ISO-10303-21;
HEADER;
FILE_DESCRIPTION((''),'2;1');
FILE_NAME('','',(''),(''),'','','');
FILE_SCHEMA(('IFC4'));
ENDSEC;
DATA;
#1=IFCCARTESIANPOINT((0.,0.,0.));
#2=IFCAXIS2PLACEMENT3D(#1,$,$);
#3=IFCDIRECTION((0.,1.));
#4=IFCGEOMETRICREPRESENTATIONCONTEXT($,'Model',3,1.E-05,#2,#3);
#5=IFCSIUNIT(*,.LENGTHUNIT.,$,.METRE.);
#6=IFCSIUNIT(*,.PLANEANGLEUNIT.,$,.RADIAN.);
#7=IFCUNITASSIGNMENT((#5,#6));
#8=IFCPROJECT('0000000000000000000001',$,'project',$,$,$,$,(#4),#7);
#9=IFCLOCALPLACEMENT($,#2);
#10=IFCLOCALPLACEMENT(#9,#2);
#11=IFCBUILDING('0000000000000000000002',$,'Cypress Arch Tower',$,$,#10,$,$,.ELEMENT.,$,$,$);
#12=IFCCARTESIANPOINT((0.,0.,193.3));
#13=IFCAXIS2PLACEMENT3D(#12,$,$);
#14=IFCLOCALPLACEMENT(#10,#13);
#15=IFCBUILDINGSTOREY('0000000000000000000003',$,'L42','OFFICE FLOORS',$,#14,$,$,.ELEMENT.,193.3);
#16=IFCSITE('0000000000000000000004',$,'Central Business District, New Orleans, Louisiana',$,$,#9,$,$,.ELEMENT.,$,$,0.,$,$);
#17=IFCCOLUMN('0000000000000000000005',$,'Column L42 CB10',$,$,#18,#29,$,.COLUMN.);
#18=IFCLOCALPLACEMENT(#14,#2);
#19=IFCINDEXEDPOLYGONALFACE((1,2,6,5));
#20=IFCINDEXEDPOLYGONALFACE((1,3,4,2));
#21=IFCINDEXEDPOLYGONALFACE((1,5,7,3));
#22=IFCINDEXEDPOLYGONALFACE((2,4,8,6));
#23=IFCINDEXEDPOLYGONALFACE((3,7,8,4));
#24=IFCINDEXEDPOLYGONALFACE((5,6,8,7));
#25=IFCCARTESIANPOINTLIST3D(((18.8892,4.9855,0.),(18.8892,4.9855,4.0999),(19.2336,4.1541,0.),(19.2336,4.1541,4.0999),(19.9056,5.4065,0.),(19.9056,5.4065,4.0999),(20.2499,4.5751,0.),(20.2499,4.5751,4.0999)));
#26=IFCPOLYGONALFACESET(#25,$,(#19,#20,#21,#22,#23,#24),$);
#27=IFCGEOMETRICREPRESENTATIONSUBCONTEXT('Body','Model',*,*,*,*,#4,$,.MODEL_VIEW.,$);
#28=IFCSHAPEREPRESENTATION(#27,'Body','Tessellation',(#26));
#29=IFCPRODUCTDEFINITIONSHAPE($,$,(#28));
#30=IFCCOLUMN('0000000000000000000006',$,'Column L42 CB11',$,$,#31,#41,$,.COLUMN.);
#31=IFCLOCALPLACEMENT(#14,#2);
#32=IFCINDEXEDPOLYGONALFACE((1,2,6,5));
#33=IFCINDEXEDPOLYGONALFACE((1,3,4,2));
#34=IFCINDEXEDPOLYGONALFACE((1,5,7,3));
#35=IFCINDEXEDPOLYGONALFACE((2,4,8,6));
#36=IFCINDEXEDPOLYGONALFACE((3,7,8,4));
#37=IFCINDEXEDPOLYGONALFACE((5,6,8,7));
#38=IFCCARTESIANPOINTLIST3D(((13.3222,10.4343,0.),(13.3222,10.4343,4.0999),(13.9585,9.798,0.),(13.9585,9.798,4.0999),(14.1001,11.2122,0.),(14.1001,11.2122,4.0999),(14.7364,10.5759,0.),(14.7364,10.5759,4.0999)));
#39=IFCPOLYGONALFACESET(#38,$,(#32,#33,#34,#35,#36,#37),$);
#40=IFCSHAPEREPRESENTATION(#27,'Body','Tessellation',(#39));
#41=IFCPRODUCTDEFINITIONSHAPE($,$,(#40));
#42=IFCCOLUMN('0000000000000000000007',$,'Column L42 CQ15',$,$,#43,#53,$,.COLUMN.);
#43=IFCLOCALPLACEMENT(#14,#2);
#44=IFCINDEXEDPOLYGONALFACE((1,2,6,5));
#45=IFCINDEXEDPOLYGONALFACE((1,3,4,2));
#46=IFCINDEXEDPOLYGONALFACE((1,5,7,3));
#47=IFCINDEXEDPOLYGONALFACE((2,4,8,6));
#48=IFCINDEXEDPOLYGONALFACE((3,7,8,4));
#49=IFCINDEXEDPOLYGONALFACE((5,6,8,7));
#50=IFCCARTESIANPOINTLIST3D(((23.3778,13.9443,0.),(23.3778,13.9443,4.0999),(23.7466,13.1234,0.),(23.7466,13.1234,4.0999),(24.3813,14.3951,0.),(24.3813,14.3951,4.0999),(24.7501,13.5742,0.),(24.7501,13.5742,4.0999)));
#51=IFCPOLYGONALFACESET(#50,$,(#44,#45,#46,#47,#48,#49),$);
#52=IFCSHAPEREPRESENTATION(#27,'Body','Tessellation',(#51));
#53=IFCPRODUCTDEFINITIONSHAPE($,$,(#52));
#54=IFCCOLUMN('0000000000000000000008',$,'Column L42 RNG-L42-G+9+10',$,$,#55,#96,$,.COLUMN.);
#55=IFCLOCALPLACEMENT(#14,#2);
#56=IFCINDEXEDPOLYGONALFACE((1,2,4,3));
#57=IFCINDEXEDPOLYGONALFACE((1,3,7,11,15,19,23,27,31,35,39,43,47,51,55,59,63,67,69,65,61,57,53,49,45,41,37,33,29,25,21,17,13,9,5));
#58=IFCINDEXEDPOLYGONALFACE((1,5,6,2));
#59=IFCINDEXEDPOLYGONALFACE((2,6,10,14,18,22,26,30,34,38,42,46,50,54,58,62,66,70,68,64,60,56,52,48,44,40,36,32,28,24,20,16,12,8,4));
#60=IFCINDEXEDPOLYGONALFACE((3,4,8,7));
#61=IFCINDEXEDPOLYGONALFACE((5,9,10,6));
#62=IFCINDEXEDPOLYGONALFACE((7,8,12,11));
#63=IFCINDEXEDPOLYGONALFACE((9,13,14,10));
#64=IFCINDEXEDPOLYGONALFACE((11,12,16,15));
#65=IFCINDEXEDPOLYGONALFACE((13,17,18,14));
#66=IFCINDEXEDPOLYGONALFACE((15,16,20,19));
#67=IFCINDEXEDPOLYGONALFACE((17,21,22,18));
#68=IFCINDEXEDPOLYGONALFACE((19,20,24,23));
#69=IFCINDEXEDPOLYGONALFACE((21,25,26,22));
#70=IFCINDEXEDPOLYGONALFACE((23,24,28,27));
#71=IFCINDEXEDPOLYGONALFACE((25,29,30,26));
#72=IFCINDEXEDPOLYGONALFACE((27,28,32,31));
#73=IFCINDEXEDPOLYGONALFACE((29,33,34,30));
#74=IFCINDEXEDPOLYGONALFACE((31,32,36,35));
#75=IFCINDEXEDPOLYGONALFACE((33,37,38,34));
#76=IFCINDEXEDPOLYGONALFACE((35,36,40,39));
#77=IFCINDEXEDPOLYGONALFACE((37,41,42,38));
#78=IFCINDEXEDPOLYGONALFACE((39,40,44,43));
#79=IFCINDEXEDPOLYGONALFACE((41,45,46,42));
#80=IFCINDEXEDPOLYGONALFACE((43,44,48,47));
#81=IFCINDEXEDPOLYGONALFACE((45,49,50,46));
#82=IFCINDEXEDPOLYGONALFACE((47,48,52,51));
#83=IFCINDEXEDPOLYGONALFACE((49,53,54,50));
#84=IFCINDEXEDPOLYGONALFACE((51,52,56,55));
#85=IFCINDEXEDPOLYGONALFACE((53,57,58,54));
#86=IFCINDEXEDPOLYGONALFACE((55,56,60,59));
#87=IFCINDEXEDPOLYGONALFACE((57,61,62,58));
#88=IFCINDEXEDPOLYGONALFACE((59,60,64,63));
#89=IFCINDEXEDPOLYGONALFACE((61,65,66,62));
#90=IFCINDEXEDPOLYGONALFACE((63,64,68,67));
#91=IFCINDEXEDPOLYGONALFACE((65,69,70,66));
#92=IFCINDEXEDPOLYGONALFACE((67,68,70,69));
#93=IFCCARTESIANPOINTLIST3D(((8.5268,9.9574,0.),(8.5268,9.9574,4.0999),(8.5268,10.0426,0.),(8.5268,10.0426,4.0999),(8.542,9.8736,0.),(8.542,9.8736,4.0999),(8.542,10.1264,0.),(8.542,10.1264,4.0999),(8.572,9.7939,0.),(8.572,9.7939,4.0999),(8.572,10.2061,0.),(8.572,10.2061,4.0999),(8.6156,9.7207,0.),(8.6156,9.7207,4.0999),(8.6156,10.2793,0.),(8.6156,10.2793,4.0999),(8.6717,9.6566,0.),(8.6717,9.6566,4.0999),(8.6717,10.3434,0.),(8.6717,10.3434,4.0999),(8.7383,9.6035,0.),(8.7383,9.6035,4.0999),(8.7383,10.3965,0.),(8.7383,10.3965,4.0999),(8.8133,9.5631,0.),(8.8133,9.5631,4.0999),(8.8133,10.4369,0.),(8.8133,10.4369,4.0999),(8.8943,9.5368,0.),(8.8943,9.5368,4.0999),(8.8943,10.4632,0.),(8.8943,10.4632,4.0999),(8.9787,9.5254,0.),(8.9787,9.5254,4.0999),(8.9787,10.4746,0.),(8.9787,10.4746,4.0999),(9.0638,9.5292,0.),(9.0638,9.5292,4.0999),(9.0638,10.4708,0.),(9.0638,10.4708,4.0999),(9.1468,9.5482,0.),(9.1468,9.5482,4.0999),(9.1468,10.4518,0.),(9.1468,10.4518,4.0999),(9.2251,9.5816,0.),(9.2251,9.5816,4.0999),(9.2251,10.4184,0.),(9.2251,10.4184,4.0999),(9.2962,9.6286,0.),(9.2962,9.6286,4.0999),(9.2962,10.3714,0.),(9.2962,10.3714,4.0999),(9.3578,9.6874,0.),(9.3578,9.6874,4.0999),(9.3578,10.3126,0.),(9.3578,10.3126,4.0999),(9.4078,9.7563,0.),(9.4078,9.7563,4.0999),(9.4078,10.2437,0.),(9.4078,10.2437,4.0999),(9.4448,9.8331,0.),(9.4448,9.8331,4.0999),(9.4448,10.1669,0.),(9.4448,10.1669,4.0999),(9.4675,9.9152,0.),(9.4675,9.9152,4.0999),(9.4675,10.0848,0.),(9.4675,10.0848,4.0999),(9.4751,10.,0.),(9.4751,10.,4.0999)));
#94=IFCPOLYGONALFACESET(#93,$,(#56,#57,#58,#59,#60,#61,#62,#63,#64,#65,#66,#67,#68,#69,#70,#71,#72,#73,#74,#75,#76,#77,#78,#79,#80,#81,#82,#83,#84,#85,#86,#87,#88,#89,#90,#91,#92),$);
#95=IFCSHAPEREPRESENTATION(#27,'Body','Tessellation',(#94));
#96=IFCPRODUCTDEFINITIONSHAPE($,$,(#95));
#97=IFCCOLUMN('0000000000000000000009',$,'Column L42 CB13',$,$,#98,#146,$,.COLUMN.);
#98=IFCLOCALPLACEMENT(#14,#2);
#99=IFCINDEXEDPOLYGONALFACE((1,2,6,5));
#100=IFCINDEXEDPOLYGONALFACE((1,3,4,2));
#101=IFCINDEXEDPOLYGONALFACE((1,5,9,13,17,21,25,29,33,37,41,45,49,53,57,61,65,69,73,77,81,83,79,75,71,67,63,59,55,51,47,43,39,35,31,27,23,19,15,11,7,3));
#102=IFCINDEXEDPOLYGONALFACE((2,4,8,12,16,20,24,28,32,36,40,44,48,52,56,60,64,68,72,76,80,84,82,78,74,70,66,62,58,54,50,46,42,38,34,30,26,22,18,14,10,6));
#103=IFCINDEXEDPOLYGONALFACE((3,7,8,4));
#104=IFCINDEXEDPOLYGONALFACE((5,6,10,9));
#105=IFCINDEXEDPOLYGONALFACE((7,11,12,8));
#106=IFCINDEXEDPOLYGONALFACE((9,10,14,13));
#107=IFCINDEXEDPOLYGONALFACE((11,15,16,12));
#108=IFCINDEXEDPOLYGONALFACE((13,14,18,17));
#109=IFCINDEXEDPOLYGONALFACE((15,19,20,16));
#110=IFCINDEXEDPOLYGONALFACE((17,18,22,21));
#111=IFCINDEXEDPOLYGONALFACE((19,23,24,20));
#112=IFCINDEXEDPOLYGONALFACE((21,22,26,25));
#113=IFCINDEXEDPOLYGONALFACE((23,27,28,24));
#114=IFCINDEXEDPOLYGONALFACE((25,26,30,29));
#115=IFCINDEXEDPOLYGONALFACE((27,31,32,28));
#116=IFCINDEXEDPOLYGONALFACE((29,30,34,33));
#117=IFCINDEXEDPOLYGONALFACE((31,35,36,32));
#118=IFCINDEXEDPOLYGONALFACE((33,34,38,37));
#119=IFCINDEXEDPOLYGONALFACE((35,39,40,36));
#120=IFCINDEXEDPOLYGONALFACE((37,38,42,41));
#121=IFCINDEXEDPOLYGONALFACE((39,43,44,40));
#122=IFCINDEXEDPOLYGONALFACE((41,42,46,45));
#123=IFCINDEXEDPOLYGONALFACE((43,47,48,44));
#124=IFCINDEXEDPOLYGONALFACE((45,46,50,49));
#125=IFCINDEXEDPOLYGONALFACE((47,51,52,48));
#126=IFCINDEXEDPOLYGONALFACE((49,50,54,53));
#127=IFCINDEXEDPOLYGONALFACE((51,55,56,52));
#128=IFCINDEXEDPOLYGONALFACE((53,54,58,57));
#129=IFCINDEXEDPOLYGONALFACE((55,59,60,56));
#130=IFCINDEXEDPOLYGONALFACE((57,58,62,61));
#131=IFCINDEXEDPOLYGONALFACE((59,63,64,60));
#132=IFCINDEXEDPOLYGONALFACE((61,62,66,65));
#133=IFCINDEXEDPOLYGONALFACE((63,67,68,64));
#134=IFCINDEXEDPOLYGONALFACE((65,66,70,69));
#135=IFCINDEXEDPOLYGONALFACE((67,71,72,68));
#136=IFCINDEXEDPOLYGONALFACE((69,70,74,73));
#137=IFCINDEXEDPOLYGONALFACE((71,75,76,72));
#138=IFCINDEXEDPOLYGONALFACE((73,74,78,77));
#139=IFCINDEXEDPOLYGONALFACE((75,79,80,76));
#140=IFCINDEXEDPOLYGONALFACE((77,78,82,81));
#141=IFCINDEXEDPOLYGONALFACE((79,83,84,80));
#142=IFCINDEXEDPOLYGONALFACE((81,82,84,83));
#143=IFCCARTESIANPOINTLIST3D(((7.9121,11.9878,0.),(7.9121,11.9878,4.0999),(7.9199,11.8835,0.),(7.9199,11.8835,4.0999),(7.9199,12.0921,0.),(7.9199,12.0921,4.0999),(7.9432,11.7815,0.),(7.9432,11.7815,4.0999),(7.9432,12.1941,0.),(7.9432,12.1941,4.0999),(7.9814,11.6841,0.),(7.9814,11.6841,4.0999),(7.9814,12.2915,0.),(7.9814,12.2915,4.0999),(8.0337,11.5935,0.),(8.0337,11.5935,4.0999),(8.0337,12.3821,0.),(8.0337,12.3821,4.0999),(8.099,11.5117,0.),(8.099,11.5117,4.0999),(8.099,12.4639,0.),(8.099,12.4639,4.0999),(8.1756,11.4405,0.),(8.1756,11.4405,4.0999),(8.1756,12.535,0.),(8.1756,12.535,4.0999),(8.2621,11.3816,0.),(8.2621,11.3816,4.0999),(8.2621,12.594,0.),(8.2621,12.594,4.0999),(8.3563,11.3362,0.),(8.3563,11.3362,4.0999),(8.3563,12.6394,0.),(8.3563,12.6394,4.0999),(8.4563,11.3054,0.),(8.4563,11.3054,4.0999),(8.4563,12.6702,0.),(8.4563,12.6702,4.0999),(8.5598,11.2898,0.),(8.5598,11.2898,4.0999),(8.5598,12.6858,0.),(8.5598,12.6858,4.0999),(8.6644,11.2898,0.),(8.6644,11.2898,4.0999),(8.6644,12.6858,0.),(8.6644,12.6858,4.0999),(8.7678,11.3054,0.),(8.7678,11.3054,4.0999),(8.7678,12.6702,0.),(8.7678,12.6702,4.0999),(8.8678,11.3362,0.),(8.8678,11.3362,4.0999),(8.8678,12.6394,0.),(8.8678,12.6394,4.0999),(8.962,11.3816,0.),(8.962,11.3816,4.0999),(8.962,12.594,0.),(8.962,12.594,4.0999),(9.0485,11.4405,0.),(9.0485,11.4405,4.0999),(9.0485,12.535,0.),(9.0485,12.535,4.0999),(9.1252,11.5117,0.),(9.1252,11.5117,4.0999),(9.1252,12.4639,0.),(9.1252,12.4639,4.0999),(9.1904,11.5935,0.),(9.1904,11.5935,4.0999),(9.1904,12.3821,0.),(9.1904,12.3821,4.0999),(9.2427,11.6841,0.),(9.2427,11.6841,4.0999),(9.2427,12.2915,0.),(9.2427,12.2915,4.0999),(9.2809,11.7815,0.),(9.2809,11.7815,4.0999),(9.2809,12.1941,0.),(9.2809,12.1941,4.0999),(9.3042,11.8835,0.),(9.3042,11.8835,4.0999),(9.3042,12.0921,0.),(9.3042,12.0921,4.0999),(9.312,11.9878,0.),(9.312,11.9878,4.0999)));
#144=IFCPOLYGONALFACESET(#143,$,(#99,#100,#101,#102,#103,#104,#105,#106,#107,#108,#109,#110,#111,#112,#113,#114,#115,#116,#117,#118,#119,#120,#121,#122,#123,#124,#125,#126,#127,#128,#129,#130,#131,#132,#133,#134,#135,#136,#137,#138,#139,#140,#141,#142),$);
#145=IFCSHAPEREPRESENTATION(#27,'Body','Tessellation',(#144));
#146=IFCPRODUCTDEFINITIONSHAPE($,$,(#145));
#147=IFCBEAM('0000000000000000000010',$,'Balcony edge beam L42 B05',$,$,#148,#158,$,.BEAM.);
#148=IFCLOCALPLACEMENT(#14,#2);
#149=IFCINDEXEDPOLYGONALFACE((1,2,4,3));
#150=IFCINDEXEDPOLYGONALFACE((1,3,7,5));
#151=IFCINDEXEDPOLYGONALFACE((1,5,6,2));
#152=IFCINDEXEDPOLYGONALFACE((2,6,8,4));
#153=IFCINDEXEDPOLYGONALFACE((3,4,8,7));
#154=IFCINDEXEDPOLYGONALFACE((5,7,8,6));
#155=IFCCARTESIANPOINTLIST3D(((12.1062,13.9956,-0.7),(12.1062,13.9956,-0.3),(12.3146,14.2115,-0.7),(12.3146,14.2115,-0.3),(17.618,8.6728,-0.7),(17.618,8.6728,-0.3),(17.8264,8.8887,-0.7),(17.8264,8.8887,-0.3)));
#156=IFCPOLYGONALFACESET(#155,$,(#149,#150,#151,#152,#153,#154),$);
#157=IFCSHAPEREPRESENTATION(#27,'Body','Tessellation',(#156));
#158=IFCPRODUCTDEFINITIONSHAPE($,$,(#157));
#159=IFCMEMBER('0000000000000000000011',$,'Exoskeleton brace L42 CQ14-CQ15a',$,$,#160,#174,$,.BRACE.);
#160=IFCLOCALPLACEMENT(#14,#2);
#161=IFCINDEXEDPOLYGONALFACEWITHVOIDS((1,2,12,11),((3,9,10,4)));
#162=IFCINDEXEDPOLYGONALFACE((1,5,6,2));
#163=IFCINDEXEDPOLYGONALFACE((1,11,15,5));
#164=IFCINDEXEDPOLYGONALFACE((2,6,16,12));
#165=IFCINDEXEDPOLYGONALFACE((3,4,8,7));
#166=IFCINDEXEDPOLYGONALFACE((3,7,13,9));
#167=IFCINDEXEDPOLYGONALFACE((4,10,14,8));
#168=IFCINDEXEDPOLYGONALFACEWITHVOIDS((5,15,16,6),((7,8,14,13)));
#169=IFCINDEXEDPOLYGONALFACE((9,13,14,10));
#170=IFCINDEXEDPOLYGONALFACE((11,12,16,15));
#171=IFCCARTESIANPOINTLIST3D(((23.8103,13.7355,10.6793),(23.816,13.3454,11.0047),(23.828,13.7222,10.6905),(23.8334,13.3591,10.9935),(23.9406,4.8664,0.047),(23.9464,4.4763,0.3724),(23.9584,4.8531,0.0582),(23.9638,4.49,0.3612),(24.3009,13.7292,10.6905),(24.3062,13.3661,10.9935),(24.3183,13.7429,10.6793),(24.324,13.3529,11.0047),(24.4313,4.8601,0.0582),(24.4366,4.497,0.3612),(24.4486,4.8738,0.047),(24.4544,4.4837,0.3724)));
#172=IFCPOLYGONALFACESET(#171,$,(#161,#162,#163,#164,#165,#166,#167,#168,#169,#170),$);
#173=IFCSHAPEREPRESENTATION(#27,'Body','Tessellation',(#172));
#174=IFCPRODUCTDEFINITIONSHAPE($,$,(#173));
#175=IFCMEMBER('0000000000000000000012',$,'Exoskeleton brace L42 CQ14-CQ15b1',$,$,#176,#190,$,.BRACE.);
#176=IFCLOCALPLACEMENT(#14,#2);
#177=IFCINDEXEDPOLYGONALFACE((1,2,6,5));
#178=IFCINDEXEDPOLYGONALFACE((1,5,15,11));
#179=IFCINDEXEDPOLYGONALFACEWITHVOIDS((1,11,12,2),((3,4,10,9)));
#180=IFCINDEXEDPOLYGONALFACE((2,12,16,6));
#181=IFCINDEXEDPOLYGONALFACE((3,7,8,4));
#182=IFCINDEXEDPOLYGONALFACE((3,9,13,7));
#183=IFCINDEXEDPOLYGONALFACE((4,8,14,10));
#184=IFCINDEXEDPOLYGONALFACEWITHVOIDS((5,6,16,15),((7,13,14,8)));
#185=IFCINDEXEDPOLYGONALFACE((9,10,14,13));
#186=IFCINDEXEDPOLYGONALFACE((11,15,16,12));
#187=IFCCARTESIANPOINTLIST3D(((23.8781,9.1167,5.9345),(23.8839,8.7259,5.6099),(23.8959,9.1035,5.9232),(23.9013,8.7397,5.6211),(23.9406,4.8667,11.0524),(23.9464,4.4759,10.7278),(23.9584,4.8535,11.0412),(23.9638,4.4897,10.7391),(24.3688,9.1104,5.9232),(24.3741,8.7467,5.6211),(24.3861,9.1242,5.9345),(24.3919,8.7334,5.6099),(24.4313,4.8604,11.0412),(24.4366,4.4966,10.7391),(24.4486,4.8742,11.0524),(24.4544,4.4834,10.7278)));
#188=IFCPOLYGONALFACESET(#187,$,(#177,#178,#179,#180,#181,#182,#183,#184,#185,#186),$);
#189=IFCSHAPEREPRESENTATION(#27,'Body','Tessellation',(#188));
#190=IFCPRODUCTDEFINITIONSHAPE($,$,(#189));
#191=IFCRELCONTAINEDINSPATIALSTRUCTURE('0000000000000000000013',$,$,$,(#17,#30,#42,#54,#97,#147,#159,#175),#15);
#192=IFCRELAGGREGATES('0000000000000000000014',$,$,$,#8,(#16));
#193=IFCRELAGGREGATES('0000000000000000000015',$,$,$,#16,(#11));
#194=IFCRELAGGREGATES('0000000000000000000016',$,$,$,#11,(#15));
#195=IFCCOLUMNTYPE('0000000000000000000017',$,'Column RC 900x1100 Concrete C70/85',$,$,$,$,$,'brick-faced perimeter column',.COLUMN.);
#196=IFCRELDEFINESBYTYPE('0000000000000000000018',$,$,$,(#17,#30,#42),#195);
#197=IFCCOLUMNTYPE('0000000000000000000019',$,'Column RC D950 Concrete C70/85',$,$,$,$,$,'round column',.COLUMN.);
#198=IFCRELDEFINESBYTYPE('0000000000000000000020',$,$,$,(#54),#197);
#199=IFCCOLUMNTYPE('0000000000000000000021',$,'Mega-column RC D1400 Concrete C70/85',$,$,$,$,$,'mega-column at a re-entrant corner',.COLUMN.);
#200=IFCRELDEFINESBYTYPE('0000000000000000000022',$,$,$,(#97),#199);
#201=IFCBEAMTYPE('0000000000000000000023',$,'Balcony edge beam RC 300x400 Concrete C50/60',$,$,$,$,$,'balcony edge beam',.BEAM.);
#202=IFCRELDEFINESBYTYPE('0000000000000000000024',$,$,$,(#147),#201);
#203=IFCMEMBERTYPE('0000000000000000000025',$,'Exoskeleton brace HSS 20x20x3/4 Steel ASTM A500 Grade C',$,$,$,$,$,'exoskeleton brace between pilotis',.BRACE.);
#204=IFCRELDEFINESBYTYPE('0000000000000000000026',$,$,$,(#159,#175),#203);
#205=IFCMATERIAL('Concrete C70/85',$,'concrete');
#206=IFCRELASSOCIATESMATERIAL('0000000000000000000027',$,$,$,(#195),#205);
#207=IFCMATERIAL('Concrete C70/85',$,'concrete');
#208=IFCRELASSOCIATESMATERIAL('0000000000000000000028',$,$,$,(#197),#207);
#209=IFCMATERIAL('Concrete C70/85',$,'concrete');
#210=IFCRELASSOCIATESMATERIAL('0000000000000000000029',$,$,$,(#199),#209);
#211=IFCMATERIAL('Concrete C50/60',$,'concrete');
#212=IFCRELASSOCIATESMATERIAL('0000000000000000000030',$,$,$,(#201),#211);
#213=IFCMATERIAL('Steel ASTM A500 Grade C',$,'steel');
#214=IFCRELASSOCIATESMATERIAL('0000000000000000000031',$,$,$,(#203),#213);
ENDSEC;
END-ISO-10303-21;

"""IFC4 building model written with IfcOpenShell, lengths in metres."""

from ifc_helpers import new_model, si_unit, direction, frame, origin, origin_2d, place, context, subcontext, project, spatial, rectangle, hollow_rectangle, circle, extrude, material, material_profile, profile_set, type_object, element, save


model = new_model("IFC4")

# Units and contexts
model_context = context("Model", 3, precision=1e-05, world=origin(), true_north=direction((0.0, 1.0)))
body_context = subcontext(model_context, "Body", "Model", "MODEL_VIEW")
ifc_project = project(units=[si_unit("LENGTHUNIT", "METRE"), si_unit("PLANEANGLEUNIT", "RADIAN")], contexts=[model_context])

# Site, building, storey
site_placement = place(None, origin())
site = spatial("IfcSite", under=ifc_project, at=site_placement, Name="Central Business District, New Orleans, Louisiana", CompositionType="ELEMENT", RefElevation=0.0)
building_placement = place(site_placement, origin())
building = spatial("IfcBuilding", under=site, at=building_placement, Name="Cypress Arch Tower", CompositionType="ELEMENT")
storey_placement = place(building_placement, frame((0.0, 0.0, 193.3)))
storey = spatial("IfcBuildingStorey", under=building, at=storey_placement, Name="L42", Description="OFFICE FLOORS", CompositionType="ELEMENT", Elevation=193.3)

# Columns
ifc_material_1 = material(Name="Concrete C70/85", Category="concrete")
ifc_material_profile_1 = material_profile(ifc_material_1, rectangle(XDim=0.8999, YDim=1.1001, at=origin_2d()), Name="RC 900x1100")
ifc_profile_set_1 = profile_set([ifc_material_profile_1], Name="Concrete C70/85")
column_type_1 = type_object("IfcColumnType", Name="Column RC 900x1100 Concrete C70/85", ElementType="brick-faced perimeter column", PredefinedType="COLUMN", material=ifc_profile_set_1)
for number, where, z_axis, x_axis, name in (
    (1, (19.5696, 4.7803, 0.0), (0.0, 0.0, 1.0), (-0.382683, 0.92388, 0.0), "Column L42 CB10"),
    (2, (14.0293, 10.5051, 0.0), (0.0, 0.0, 1.0), (-0.707107, 0.707107, 0.0), "Column L42 CB11"),
    (3, (24.064, 13.7593, 0.0), (0.0, 0.0, 1.0), (-0.409765, 0.912191, 0.0), "Column L42 CQ15"),
):
    element("IfcColumn", number, at=place(storey_placement, frame(where, z_axis=z_axis, x_axis=x_axis)), inside=storey, type_object=column_type_1, Name=name, PredefinedType="COLUMN", context=body_context, shape_type="SweptSolid", body=[
        extrude(rectangle(XDim=0.8999, YDim=1.1001, at=origin_2d()), origin(), (0.0, 0.0, 1.0), 4.0999),
    ])
ifc_material_2 = material(Name="Concrete C70/85", Category="concrete")
ifc_material_profile_2 = material_profile(ifc_material_2, circle(Radius=0.4751, at=origin_2d()), Name="RC D950")
ifc_profile_set_2 = profile_set([ifc_material_profile_2], Name="Concrete C70/85")
column_type_2 = type_object("IfcColumnType", Name="Column RC D950 Concrete C70/85", ElementType="round column", PredefinedType="COLUMN", material=ifc_profile_set_2)
column_1_placement = place(storey_placement, frame((9.0, 10.0, 0.0), z_axis=(0.0, 0.0, 1.0), x_axis=(1.0, 0.0, 0.0)))
element("IfcColumn", 4, at=column_1_placement, inside=storey, type_object=column_type_2, Name="Column L42 RNG-L42-G+9+10", PredefinedType="COLUMN", context=body_context, shape_type="SweptSolid", body=[
    extrude(circle(Radius=0.4751, at=origin_2d()), origin(), (0.0, 0.0, 1.0), 4.0999),
])
ifc_material_3 = material(Name="Concrete C70/85", Category="concrete")
ifc_material_profile_3 = material_profile(ifc_material_3, circle(Radius=0.7, at=origin_2d()), Name="RC D1400")
ifc_profile_set_3 = profile_set([ifc_material_profile_3], Name="Concrete C70/85")
column_type_3 = type_object("IfcColumnType", Name="Mega-column RC D1400 Concrete C70/85", ElementType="mega-column at a re-entrant corner", PredefinedType="COLUMN", material=ifc_profile_set_3)
column_2_placement = place(storey_placement, frame((8.6121, 11.9878, 0.0), z_axis=(0.0, 0.0, 1.0), x_axis=(1.0, 0.0, 0.0)))
element("IfcColumn", 5, at=column_2_placement, inside=storey, type_object=column_type_3, Name="Column L42 CB13", PredefinedType="COLUMN", context=body_context, shape_type="SweptSolid", body=[
    extrude(circle(Radius=0.7, at=origin_2d()), origin(), (0.0, 0.0, 1.0), 4.0999),
])

# Beam
ifc_material_4 = material(Name="Concrete C50/60", Category="concrete")
ifc_material_profile_4 = material_profile(ifc_material_4, rectangle(XDim=0.3, YDim=0.3999, at=origin_2d()), Name="RC 300x400")
ifc_profile_set_4 = profile_set([ifc_material_profile_4], Name="Concrete C50/60")
beam_type_1 = type_object("IfcBeamType", Name="Balcony edge beam RC 300x400 Concrete C50/60", ElementType="balcony edge beam", PredefinedType="BEAM", material=ifc_profile_set_4)
beam_1_placement = place(storey_placement, frame((17.7222, 8.7808, -0.5), z_axis=(-0.71933, 0.694668, 0.0), x_axis=(-0.694668, -0.71933, 0.0)))
element("IfcBeam", 6, at=beam_1_placement, inside=storey, type_object=beam_type_1, Name="Balcony edge beam L42 B05", PredefinedType="BEAM", context=body_context, shape_type="SweptSolid", body=[
    extrude(rectangle(XDim=0.3, YDim=0.3999, at=origin_2d()), origin(), (0.0, 0.0, 1.0), 7.6624),
])

# Members
ifc_material_5 = material(Name="Steel ASTM A500 Grade C", Category="steel")
ifc_material_profile_5 = material_profile(ifc_material_5, hollow_rectangle(XDim=0.5081, YDim=0.5081, WallThickness=0.0176, at=origin_2d()), Name="HSS 20x20x3/4")
ifc_profile_set_5 = profile_set([ifc_material_profile_5], Name="Steel ASTM A500 Grade C")
member_type = type_object("IfcMemberType", Name="Exoskeleton brace HSS 20x20x3/4 Steel ASTM A500 Grade C", ElementType="exoskeleton brace between pilotis", PredefinedType="BRACE", material=ifc_profile_set_5)
member_1_placement = place(storey_placement, frame((24.1975, 4.675, 0.2097), z_axis=(-0.009415, 0.640534, 0.767872), x_axis=(-0.999892, -0.014698, 0.0)))
element("IfcMember", 7, at=member_1_placement, inside=storey, type_object=member_type, Name="Exoskeleton brace L42 CQ14-CQ15a", PredefinedType="BRACE", context=body_context, shape_type="SweptSolid", body=[
    extrude(hollow_rectangle(XDim=0.5081, YDim=0.5081, WallThickness=0.0176, at=origin_2d()), origin(), (0.0, 0.0, 1.0), 13.8464),
])
member_2_placement = place(storey_placement, frame((24.1975, 4.675, 10.8901), z_axis=(-0.009395, 0.63883, -0.76929), x_axis=(-0.999892, -0.014704, 0.0)))
element("IfcMember", 8, at=member_2_placement, inside=storey, type_object=member_type, Name="Exoskeleton brace L42 CQ14-CQ15b1", PredefinedType="BRACE", context=body_context, shape_type="SweptSolid", body=[
    extrude(hollow_rectangle(XDim=0.5081, YDim=0.5081, WallThickness=0.0176, at=origin_2d()), origin(), (0.0, 0.0, 1.0), 6.6528),
])

save(model, "model.ifc")
